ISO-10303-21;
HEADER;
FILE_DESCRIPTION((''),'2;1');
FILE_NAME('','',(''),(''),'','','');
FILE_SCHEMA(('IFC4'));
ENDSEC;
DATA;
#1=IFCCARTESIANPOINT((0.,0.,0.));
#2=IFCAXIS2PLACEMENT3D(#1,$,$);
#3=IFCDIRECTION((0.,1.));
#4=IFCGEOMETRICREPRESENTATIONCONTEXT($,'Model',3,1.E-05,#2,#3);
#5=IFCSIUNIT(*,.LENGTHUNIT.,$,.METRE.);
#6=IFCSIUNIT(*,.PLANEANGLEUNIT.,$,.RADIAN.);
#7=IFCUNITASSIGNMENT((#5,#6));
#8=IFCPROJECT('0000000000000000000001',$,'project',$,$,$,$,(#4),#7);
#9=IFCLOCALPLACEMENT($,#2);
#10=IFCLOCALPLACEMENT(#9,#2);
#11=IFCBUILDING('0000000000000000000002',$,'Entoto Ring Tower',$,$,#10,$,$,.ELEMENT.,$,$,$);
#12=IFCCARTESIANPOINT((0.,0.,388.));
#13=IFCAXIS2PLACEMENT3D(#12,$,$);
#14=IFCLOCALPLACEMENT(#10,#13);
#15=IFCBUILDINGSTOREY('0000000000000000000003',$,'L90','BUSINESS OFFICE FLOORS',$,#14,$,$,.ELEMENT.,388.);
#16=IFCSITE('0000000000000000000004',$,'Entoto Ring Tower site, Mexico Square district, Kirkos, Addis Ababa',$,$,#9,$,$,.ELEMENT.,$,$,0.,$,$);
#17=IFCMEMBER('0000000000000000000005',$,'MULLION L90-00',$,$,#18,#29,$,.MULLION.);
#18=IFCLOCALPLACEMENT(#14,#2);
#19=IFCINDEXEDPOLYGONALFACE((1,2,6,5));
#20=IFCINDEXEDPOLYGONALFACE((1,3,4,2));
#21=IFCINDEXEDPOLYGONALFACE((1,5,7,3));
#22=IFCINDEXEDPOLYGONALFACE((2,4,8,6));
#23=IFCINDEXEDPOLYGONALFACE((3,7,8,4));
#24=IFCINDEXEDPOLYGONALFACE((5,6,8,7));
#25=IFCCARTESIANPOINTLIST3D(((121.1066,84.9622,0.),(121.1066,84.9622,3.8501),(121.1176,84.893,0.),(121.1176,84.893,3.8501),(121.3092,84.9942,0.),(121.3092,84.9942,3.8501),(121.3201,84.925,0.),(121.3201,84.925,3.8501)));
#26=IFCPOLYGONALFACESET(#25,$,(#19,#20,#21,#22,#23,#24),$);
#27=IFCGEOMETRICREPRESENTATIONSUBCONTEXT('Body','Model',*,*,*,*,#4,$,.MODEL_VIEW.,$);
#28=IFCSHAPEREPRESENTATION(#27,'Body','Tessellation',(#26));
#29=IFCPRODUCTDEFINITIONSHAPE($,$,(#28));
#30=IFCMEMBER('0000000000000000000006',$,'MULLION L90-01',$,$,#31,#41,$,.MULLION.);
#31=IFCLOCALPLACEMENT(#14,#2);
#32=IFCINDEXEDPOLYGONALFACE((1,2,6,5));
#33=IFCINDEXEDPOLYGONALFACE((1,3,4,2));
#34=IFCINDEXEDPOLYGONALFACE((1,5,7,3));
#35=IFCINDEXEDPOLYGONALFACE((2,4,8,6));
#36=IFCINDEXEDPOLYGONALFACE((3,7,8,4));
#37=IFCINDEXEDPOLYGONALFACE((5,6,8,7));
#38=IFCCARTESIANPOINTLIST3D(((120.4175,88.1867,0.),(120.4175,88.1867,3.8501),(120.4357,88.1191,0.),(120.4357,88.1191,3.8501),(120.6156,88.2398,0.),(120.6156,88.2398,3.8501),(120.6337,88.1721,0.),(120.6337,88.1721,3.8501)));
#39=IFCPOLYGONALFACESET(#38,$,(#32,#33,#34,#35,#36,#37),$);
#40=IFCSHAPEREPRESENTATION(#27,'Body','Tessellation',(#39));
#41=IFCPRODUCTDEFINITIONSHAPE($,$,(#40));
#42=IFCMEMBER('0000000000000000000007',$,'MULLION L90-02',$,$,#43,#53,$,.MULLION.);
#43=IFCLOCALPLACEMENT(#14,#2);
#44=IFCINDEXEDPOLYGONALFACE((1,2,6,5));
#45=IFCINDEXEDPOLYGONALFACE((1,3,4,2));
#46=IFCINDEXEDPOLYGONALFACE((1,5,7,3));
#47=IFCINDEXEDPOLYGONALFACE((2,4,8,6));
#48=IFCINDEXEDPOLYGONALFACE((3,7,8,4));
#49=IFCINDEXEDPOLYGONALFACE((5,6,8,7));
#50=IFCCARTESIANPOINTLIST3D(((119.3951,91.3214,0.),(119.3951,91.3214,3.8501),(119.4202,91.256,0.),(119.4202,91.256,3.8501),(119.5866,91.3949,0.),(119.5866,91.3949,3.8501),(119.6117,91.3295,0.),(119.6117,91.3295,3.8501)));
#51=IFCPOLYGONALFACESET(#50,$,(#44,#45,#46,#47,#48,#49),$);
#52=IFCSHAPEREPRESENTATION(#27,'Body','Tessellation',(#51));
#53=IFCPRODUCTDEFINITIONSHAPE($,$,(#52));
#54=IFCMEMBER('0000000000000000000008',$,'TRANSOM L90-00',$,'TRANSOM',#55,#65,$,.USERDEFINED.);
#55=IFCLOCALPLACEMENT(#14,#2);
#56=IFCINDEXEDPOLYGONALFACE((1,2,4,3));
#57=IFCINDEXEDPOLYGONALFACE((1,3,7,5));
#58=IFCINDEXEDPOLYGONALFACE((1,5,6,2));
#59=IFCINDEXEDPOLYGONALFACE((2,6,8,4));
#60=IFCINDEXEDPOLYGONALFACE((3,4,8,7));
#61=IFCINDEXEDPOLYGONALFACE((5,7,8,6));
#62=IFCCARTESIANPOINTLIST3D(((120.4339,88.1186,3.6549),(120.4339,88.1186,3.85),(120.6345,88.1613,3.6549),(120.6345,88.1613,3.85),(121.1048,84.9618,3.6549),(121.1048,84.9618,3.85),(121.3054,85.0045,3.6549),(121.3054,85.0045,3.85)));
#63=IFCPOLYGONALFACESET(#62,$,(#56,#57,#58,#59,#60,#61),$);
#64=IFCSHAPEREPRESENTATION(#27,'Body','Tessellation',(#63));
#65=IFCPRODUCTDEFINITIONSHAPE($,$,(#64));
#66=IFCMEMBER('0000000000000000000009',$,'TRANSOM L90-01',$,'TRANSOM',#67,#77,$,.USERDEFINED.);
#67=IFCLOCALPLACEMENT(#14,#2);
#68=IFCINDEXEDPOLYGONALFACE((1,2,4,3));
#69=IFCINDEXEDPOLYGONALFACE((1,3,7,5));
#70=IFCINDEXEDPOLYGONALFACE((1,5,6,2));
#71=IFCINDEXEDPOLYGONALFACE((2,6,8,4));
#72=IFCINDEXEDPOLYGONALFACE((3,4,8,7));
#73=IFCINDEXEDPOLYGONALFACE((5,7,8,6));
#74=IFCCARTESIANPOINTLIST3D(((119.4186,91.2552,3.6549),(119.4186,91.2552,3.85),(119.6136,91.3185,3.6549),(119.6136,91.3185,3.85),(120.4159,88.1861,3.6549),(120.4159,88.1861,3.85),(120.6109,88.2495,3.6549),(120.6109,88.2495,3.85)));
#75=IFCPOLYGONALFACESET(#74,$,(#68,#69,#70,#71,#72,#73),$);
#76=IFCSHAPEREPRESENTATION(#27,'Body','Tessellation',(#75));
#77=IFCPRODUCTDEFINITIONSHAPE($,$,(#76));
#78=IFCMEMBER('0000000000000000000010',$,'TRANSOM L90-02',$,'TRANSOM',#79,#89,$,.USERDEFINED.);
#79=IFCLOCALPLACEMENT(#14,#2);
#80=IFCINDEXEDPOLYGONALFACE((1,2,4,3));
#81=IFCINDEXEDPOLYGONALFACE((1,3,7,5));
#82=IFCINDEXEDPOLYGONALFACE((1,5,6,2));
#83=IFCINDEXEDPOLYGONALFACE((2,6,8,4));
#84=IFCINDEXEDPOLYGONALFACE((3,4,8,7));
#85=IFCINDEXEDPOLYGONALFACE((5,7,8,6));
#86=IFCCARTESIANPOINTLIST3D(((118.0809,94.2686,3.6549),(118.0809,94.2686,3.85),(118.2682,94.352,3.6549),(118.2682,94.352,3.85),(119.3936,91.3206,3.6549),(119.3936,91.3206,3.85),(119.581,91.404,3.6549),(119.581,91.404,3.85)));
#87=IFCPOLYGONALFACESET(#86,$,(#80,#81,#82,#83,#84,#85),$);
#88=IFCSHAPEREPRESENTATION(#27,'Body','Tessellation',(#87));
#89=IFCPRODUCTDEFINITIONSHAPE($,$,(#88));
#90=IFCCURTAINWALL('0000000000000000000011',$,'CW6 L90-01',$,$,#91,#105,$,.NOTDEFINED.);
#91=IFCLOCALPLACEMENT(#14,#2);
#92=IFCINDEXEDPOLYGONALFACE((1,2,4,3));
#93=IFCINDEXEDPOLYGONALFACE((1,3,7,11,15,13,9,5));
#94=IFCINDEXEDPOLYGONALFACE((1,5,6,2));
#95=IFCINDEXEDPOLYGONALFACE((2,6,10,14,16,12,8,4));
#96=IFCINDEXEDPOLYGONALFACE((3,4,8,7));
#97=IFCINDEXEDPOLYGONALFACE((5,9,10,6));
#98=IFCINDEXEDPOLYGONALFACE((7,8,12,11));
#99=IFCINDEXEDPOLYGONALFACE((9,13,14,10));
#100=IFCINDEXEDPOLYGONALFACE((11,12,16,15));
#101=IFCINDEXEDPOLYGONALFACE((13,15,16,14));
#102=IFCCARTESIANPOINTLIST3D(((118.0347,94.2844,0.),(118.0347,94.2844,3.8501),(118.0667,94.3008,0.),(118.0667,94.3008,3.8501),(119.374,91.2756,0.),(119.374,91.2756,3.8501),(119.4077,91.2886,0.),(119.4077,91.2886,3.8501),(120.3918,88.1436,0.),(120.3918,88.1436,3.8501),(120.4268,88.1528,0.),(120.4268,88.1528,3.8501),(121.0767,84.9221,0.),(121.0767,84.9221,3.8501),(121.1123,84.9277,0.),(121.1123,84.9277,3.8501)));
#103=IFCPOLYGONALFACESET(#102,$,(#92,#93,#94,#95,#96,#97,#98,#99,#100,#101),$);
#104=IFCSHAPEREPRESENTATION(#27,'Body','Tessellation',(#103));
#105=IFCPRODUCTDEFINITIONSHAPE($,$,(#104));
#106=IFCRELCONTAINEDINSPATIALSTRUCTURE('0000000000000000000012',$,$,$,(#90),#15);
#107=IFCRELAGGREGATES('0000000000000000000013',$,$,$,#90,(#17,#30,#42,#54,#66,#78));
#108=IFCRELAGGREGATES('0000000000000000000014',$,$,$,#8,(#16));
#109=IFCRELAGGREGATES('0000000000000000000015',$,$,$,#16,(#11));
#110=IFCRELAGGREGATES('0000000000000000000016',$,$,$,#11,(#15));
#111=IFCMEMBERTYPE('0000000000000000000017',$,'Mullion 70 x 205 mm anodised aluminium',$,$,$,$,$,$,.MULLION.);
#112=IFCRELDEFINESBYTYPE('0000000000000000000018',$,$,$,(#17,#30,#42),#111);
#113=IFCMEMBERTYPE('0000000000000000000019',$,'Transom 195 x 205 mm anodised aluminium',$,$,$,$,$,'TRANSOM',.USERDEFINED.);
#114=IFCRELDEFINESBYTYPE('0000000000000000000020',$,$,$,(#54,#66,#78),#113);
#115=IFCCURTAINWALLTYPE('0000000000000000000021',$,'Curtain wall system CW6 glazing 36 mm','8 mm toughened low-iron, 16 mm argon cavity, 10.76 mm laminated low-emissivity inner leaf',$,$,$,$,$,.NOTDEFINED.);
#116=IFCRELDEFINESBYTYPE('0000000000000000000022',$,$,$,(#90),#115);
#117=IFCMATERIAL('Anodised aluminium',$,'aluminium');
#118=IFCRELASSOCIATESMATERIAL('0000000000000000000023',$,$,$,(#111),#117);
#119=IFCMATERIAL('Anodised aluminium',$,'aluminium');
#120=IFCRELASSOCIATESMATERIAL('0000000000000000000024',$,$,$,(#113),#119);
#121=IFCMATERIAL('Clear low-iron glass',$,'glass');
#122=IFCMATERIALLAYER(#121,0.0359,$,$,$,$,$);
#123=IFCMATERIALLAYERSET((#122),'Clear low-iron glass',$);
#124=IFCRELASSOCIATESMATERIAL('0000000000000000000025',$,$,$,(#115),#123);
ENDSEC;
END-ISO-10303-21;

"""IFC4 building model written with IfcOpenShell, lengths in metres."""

from ifc_helpers import new_model, si_unit, direction, frame, origin, origin_2d, place, context, subcontext, project, spatial, polyline, rectangle, outline, extrude, material, layer, layer_set, material_profile, profile_set, type_object, element, aggregate, save


model = new_model("IFC4")

# Units and contexts
model_context = context("Model", 3, precision=1e-05, world=origin(), true_north=direction((0.0, 1.0)))
body_context = subcontext(model_context, "Body", "Model", "MODEL_VIEW")
ifc_project = project(units=[si_unit("LENGTHUNIT", "METRE"), si_unit("PLANEANGLEUNIT", "RADIAN")], contexts=[model_context])

# Members
ifc_material_1 = material(Name="Anodised aluminium", Category="aluminium")
ifc_material_profile_1 = material_profile(ifc_material_1, rectangle(XDim=0.0701, YDim=0.2051, at=origin_2d()), Name="Mullion 70 x 205 mm anodised aluminium")
ifc_profile_set_1 = profile_set([ifc_material_profile_1], Name="Anodised aluminium")
member_type_1 = type_object("IfcMemberType", Name="Mullion 70 x 205 mm anodised aluminium", PredefinedType="MULLION", material=ifc_profile_set_1)
site_placement = place(None, origin())
building_placement = place(site_placement, origin())
storey_placement = place(building_placement, frame((0.0, 0.0, 388.0)))
member_1_placement = place(storey_placement, frame((121.2134, 84.9436, 0.0), z_axis=(0.0, 0.0, 1.0), x_axis=(-0.156434, 0.987688, 0.0)))
member_1 = element("IfcMember", 1, at=member_1_placement, type_object=member_type_1, Name="MULLION L90-00", PredefinedType="MULLION", context=body_context, shape_type="SweptSolid", body=[
    extrude(rectangle(XDim=0.0701, YDim=0.2051, at=origin_2d()), origin(), (0.0, 0.0, 1.0), 3.8501),
])
member_2_placement = place(storey_placement, frame((120.5256, 88.1794, 0.0), z_axis=(0.0, 0.0, 1.0), x_axis=(-0.258819, 0.965926, 0.0)))
member_2 = element("IfcMember", 2, at=member_2_placement, type_object=member_type_1, Name="MULLION L90-01", PredefinedType="MULLION", context=body_context, shape_type="SweptSolid", body=[
    extrude(rectangle(XDim=0.0701, YDim=0.2051, at=origin_2d()), origin(), (0.0, 0.0, 1.0), 3.8501),
])
member_3_placement = place(storey_placement, frame((119.5034, 91.3254, 0.0), z_axis=(0.0, 0.0, 1.0), x_axis=(-0.358368, 0.93358, 0.0)))
member_3 = element("IfcMember", 3, at=member_3_placement, type_object=member_type_1, Name="MULLION L90-02", PredefinedType="MULLION", context=body_context, shape_type="SweptSolid", body=[
    extrude(rectangle(XDim=0.0701, YDim=0.2051, at=origin_2d()), origin(), (0.0, 0.0, 1.0), 3.8501),
])
ifc_material_2 = material(Name="Anodised aluminium", Category="aluminium")
ifc_material_profile_2 = material_profile(ifc_material_2, rectangle(XDim=0.2051, YDim=0.1951, at=origin_2d()), Name="Transom 195 x 205 mm anodised aluminium")
ifc_profile_set_2 = profile_set([ifc_material_profile_2], Name="Anodised aluminium")
member_type_2 = type_object("IfcMemberType", Name="Transom 195 x 205 mm anodised aluminium", ElementType="TRANSOM", PredefinedType="USERDEFINED", material=ifc_profile_set_2)
member_4_placement = place(storey_placement, frame((121.2051, 84.9832, 3.7524), z_axis=(-0.207886, 0.978153, 0.0), x_axis=(-0.978153, -0.207886, 0.0)))
member_4 = element("IfcMember", 4, at=member_4_placement, type_object=member_type_2, Name="TRANSOM L90-00", ObjectType="TRANSOM", PredefinedType="USERDEFINED", context=body_context, shape_type="SweptSolid", body=[
    extrude(rectangle(XDim=0.2051, YDim=0.1951, at=origin_2d()), origin(), (0.0, 0.0, 1.0), 3.2273),
])
member_5_placement = place(storey_placement, frame((120.5134, 88.2178, 3.7524), z_axis=(-0.309047, 0.951047, 0.0), x_axis=(-0.951047, -0.309047, 0.0)))
member_5 = element("IfcMember", 5, at=member_5_placement, type_object=member_type_2, Name="TRANSOM L90-01", ObjectType="TRANSOM", PredefinedType="USERDEFINED", context=body_context, shape_type="SweptSolid", body=[
    extrude(rectangle(XDim=0.2051, YDim=0.1951, at=origin_2d()), origin(), (0.0, 0.0, 1.0), 3.2271),
])
member_6_placement = place(storey_placement, frame((119.4873, 91.3623, 3.7524), z_axis=(-0.406791, 0.913521, 0.0), x_axis=(-0.913521, -0.406791, 0.0)))
member_6 = element("IfcMember", 6, at=member_6_placement, type_object=member_type_2, Name="TRANSOM L90-02", ObjectType="TRANSOM", PredefinedType="USERDEFINED", context=body_context, shape_type="SweptSolid", body=[
    extrude(rectangle(XDim=0.2051, YDim=0.1951, at=origin_2d()), origin(), (0.0, 0.0, 1.0), 3.2271),
])

# Site, building, storey
site = spatial("IfcSite", under=ifc_project, at=site_placement, Name="Entoto Ring Tower site, Mexico Square district, Kirkos, Addis Ababa", CompositionType="ELEMENT", RefElevation=0.0)
building = spatial("IfcBuilding", under=site, at=building_placement, Name="Entoto Ring Tower", CompositionType="ELEMENT")
storey = spatial("IfcBuildingStorey", under=building, at=storey_placement, Name="L90", Description="BUSINESS OFFICE FLOORS", CompositionType="ELEMENT", Elevation=388.0)

# Curtain wall
ifc_material_3 = material(Name="Clear low-iron glass", Category="glass")
ifc_layer_1 = layer(ifc_material_3, 0.0359)
ifc_layer_set_1 = layer_set([ifc_layer_1], Name="Clear low-iron glass")
curtain_wall_type = type_object("IfcCurtainWallType", Name="Curtain wall system CW6 glazing 36 mm", Description="8 mm toughened low-iron, 16 mm argon cavity, 10.76 mm laminated low-emissivity inner leaf", PredefinedType="NOTDEFINED", material=ifc_layer_set_1)
curtain_wall_1_placement = place(storey_placement, origin())
curtain_wall_1 = element("IfcCurtainWall", 7, at=curtain_wall_1_placement, inside=storey, type_object=curtain_wall_type, Name="CW6 L90-01", PredefinedType="NOTDEFINED", context=body_context, shape_type="SweptSolid", body=[
    extrude(outline(polyline([(121.1123, 84.9277), (120.4268, 88.1528), (119.4077, 91.2886), (118.0667, 94.3008), (118.0347, 94.2844), (119.374, 91.2756), (120.3918, 88.1436), (121.0767, 84.9221), (121.1123, 84.9277)])), origin(), (0.0, 0.0, 1.0), 3.8501),
])
aggregate(curtain_wall_1, [member_1, member_2, member_3, member_4, member_5, member_6])

save(model, "model.ifc")
